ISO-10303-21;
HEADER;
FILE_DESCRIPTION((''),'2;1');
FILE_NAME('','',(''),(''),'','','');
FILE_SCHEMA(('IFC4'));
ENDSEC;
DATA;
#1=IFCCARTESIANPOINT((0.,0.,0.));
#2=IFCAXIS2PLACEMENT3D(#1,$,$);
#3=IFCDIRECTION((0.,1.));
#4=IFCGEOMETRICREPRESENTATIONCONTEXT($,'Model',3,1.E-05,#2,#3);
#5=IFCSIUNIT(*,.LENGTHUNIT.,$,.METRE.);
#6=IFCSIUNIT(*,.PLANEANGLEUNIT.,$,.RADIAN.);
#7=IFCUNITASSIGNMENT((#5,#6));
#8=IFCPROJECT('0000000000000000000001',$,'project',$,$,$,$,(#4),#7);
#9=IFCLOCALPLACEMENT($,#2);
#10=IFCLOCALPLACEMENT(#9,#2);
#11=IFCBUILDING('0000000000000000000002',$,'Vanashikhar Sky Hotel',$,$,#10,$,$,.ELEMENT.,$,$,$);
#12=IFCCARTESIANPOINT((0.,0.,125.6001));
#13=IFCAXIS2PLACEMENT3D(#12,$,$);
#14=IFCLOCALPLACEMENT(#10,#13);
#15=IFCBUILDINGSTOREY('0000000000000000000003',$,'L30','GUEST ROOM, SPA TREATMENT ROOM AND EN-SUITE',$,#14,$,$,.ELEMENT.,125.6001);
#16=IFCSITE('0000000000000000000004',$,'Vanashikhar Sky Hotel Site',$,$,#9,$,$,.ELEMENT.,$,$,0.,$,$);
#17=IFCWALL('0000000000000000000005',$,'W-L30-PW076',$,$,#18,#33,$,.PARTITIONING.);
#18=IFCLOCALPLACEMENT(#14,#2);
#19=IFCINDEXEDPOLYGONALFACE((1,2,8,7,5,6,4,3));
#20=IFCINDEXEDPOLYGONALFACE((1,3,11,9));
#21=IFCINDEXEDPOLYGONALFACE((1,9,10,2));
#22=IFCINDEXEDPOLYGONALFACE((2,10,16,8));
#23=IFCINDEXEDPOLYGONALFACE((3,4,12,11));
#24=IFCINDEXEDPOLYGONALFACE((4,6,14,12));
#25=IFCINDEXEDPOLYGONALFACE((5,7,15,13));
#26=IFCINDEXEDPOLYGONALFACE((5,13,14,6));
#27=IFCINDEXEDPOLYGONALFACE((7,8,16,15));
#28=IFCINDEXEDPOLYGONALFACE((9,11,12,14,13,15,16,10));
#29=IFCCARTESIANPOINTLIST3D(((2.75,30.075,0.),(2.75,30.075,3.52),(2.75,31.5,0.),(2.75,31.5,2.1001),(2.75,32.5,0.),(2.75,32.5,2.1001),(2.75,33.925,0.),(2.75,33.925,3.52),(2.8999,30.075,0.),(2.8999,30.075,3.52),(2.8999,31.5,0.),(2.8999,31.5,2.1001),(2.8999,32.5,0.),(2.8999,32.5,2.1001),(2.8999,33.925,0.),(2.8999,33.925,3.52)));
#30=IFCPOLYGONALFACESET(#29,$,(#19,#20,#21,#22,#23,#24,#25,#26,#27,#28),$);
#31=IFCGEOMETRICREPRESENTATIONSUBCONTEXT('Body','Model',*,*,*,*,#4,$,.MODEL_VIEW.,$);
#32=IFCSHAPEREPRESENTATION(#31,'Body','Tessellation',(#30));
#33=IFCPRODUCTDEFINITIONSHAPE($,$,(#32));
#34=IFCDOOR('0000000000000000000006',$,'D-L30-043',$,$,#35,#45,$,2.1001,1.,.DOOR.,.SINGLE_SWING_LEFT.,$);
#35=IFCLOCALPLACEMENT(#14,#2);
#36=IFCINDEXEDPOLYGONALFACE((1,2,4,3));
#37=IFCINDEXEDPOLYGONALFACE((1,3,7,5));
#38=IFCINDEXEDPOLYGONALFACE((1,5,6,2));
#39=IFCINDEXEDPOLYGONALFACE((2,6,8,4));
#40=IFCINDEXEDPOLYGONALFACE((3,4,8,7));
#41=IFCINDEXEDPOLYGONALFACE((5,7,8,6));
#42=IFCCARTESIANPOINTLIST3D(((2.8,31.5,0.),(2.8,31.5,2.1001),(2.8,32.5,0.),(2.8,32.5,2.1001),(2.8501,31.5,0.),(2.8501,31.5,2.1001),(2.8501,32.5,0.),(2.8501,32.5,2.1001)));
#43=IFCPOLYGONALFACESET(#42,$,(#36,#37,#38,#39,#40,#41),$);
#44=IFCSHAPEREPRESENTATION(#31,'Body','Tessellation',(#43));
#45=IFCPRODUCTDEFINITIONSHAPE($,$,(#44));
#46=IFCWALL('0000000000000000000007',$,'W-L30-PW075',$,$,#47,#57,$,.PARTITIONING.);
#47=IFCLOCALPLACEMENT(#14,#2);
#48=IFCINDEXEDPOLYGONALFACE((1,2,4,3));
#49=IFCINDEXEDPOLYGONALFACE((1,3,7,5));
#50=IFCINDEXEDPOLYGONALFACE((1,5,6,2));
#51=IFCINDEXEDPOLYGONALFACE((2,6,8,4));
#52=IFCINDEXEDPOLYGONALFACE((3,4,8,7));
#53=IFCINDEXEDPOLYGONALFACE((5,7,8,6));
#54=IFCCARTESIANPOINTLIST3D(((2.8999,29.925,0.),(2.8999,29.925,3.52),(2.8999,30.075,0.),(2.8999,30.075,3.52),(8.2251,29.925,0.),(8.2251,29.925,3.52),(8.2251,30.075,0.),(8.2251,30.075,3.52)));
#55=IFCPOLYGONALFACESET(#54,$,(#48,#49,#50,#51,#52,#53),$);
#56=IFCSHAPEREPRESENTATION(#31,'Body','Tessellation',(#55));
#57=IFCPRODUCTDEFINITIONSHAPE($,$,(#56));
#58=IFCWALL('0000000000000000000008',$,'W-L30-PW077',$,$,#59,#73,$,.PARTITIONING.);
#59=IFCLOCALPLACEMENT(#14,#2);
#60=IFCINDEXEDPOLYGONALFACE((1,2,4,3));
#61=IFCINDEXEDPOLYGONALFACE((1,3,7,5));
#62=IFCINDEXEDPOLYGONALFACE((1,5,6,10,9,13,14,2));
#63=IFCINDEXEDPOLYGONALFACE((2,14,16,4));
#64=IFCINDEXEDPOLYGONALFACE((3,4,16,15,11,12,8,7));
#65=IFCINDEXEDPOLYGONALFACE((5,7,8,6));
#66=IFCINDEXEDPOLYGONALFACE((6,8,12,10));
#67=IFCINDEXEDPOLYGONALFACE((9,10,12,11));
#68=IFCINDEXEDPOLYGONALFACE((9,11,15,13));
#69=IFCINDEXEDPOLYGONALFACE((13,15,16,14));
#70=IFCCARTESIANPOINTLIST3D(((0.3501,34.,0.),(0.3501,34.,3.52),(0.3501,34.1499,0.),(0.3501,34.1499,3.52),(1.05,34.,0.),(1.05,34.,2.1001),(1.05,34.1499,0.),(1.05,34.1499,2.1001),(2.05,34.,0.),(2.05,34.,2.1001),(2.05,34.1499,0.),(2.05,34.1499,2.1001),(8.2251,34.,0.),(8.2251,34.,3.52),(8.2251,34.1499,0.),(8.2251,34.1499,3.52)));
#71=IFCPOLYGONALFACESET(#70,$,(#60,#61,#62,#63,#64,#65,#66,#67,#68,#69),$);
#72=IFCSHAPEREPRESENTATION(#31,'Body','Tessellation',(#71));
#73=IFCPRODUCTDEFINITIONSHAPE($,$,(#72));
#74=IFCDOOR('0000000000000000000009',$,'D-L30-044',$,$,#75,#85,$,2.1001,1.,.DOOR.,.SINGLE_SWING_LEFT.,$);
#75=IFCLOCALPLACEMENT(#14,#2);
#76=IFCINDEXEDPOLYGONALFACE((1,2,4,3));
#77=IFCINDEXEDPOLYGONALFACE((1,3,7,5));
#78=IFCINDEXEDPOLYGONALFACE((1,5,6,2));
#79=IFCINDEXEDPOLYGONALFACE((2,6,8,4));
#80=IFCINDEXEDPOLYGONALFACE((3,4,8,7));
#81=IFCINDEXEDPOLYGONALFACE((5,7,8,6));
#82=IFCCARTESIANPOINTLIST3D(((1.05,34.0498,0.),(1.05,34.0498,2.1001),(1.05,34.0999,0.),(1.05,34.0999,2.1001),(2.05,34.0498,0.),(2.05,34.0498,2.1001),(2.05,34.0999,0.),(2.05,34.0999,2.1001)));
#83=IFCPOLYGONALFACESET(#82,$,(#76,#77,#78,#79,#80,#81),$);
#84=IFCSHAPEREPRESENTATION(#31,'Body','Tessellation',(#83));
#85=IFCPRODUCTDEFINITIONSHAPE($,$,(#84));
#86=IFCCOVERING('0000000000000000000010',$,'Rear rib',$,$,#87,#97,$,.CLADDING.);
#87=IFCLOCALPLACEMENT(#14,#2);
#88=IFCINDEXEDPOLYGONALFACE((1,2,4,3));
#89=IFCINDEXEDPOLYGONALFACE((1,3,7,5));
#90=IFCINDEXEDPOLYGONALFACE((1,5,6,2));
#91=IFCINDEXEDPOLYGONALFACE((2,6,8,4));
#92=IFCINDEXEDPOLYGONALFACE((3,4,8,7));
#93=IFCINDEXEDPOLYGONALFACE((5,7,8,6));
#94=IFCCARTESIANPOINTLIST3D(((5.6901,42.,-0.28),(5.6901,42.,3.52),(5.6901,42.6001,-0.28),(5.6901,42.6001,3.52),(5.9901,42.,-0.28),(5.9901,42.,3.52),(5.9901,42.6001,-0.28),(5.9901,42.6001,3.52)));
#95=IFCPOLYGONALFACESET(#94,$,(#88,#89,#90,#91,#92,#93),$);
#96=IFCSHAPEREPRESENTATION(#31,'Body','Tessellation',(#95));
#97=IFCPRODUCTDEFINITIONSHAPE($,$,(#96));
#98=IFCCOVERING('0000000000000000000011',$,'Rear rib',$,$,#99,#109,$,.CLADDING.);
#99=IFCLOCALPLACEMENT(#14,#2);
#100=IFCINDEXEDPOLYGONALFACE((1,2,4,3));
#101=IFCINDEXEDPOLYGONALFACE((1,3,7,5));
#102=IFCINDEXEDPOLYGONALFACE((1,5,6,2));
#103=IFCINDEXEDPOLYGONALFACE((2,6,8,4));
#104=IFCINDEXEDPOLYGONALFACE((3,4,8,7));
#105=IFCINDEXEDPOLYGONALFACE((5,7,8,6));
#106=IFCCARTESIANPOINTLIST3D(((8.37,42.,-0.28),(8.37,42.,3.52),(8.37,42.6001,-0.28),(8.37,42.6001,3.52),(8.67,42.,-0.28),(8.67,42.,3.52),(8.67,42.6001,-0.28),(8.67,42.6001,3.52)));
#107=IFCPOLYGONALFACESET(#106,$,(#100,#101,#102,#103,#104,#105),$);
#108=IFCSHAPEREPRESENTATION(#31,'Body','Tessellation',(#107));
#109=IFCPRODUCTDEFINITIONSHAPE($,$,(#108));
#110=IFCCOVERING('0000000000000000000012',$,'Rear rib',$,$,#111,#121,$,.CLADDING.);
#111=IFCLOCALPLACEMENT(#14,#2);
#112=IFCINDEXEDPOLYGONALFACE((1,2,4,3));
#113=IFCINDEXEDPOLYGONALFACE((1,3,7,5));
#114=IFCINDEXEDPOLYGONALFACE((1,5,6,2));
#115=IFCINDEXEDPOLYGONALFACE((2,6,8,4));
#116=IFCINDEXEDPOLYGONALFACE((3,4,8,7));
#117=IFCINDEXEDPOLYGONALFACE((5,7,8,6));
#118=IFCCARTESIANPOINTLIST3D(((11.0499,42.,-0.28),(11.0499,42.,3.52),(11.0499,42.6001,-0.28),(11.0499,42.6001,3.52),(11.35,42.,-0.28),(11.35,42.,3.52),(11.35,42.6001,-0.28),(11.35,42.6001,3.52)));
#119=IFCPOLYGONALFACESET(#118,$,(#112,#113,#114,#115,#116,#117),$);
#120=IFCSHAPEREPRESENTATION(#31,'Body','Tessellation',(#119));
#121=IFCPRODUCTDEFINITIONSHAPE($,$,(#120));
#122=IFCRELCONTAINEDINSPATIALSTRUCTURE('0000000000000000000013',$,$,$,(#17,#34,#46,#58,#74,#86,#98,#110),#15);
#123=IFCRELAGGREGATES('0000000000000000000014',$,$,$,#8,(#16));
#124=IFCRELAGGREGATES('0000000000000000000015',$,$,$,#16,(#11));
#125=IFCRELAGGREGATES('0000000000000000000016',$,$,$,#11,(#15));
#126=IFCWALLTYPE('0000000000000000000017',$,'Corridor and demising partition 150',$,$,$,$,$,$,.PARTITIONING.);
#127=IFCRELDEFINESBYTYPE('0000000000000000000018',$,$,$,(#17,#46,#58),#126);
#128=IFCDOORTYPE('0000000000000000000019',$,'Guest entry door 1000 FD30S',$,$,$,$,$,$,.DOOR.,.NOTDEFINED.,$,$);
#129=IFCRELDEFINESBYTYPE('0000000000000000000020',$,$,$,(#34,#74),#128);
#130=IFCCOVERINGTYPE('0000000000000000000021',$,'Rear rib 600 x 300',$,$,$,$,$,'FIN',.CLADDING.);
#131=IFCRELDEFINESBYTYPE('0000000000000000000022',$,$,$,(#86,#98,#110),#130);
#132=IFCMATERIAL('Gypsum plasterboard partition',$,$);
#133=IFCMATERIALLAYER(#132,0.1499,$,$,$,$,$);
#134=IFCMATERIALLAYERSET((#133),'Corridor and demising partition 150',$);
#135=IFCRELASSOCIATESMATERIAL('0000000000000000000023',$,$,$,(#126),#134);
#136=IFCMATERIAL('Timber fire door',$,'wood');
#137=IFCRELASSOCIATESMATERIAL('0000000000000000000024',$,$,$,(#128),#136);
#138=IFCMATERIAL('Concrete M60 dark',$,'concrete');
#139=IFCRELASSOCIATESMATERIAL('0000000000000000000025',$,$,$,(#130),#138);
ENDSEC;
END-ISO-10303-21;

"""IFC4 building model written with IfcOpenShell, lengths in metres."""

from ifc_helpers import new_model, si_unit, direction, frame, frame_2d, origin, origin_2d, place, context, subcontext, project, spatial, rectangle, extrude, source, transform, mapped, material, layer, layer_set, material_profile, profile_set, type_object, element, fill, save


model = new_model("IFC4")

# Units and contexts
model_context = context("Model", 3, precision=1e-05, world=origin(), true_north=direction((0.0, 1.0)))
body_context = subcontext(model_context, "Body", "Model", "MODEL_VIEW")
ifc_project = project(units=[si_unit("LENGTHUNIT", "METRE"), si_unit("PLANEANGLEUNIT", "RADIAN")], contexts=[model_context])

# Site, building, storey
site_placement = place(None, origin())
site = spatial("IfcSite", under=ifc_project, at=site_placement, Name="Vanashikhar Sky Hotel Site", CompositionType="ELEMENT", RefElevation=0.0)
building_placement = place(site_placement, origin())
building = spatial("IfcBuilding", under=site, at=building_placement, Name="Vanashikhar Sky Hotel", CompositionType="ELEMENT")
storey_placement = place(building_placement, frame((0.0, 0.0, 125.6001)))
storey = spatial("IfcBuildingStorey", under=building, at=storey_placement, Name="L30", Description="GUEST ROOM, SPA TREATMENT ROOM AND EN-SUITE", CompositionType="ELEMENT", Elevation=125.6001)

# Wall, opening, door
ifc_material_1 = material(Name="Gypsum plasterboard partition")
ifc_layer_1 = layer(ifc_material_1, 0.1499)
ifc_layer_set_1 = layer_set([ifc_layer_1], Name="Corridor and demising partition 150")
wall_type_1 = type_object("IfcWallType", Name="Corridor and demising partition 150", PredefinedType="PARTITIONING", material=ifc_layer_set_1)
shared_shape_1 = source(origin(), body_context, "Body", "SweptSolid", [
    extrude(rectangle(XDim=3.8501, YDim=0.1499, at=frame_2d((1.925, 0.0))), origin(), (0.0, 0.0, 1.0), 3.52),
])
wall_1_placement = place(storey_placement, frame((2.825, 30.075, 0.0), z_axis=(0.0, 0.0, 1.0), x_axis=(0.0, 1.0, 0.0)))
wall_1 = element("IfcWall", 1, at=wall_1_placement, inside=storey, type_object=wall_type_1, Name="W-L30-PW076", PredefinedType="PARTITIONING", context=body_context, shape_type="MappedRepresentation", body=[
    mapped(shared_shape_1, transform((0.0, 0.0, 0.0), scale=1.0)),
])
shared_shape_2 = source(origin(), body_context, "Body", "SweptSolid", [
    extrude(rectangle(XDim=1.0, YDim=2.1001, at=frame_2d((0.5, 1.05))), frame((0.0, 0.085, 0.0), z_axis=(0.0, -1.0, 0.0), x_axis=(1.0, 0.0, 0.0)), (0.0, 0.0, 1.0), 0.1699),
])
opening_1_placement = place(wall_1_placement, frame((1.425, 0.0, 0.0)))
opening_1 = element("IfcOpeningElement", 2, at=opening_1_placement, cuts=wall_1, PredefinedType="OPENING", context=body_context, shape_type="MappedRepresentation", body=[
    mapped(shared_shape_2, transform((0.0, 0.0, 0.0), scale=1.0)),
])
ifc_material_2 = material(Name="Timber fire door", Category="wood")
door_type = type_object("IfcDoorType", Name="Guest entry door 1000 FD30S", OperationType="NOTDEFINED", PredefinedType="DOOR", material=ifc_material_2)
shared_shape_3 = source(origin(), body_context, "Body", "SweptSolid", [
    extrude(rectangle(XDim=1.0, YDim=2.1001, at=frame_2d((0.5, 1.05))), frame((0.0, 0.0249, 0.0), z_axis=(0.0, -1.0, 0.0), x_axis=(1.0, 0.0, 0.0)), (0.0, 0.0, 1.0), 0.05),
])
door_1_placement = place(opening_1_placement, origin())
door_1 = element("IfcDoor", 3, at=door_1_placement, inside=storey, type_object=door_type, Name="D-L30-043", OperationType="SINGLE_SWING_LEFT", OverallHeight=2.1001, OverallWidth=1.0, PredefinedType="DOOR", context=body_context, shape_type="MappedRepresentation", body=[
    mapped(shared_shape_3, transform((0.0, 0.0, 0.0), scale=1.0)),
])
fill(opening_1, door_1)

# Wall
shared_shape_4 = source(origin(), body_context, "Body", "SweptSolid", [
    extrude(rectangle(XDim=5.3252, YDim=0.1499, at=frame_2d((2.6626, 0.0))), origin(), (0.0, 0.0, 1.0), 3.52),
])
wall_2_placement = place(storey_placement, frame((2.8999, 30.0, 0.0), z_axis=(0.0, 0.0, 1.0), x_axis=(1.0, 0.0, 0.0)))
element("IfcWall", 4, at=wall_2_placement, inside=storey, type_object=wall_type_1, Name="W-L30-PW075", PredefinedType="PARTITIONING", context=body_context, shape_type="MappedRepresentation", body=[
    mapped(shared_shape_4, transform((0.0, 0.0, 0.0), scale=1.0)),
])

# Wall, opening, door
shared_shape_5 = source(origin(), body_context, "Body", "SweptSolid", [
    extrude(rectangle(XDim=7.875, YDim=0.1499, at=frame_2d((3.9375, 0.0))), origin(), (0.0, 0.0, 1.0), 3.52),
])
wall_3_placement = place(storey_placement, frame((0.3501, 34.075, 0.0), z_axis=(0.0, 0.0, 1.0), x_axis=(1.0, 0.0, 0.0)))
wall_3 = element("IfcWall", 5, at=wall_3_placement, inside=storey, type_object=wall_type_1, Name="W-L30-PW077", PredefinedType="PARTITIONING", context=body_context, shape_type="MappedRepresentation", body=[
    mapped(shared_shape_5, transform((0.0, 0.0, 0.0), scale=1.0)),
])
opening_2_placement = place(wall_3_placement, frame((0.7, 0.0, 0.0)))
opening_2 = element("IfcOpeningElement", 6, at=opening_2_placement, cuts=wall_3, PredefinedType="OPENING", context=body_context, shape_type="MappedRepresentation", body=[
    mapped(shared_shape_2, transform((0.0, 0.0, 0.0), scale=1.0)),
])
door_2_placement = place(opening_2_placement, origin())
door_2 = element("IfcDoor", 7, at=door_2_placement, inside=storey, type_object=door_type, Name="D-L30-044", OperationType="SINGLE_SWING_LEFT", OverallHeight=2.1001, OverallWidth=1.0, PredefinedType="DOOR", context=body_context, shape_type="MappedRepresentation", body=[
    mapped(shared_shape_3, transform((0.0, 0.0, 0.0), scale=1.0)),
])
fill(opening_2, door_2)

# Coverings
ifc_material_3 = material(Name="Concrete M60 dark", Category="concrete")
ifc_material_profile_1 = material_profile(ifc_material_3, rectangle(XDim=0.6001, YDim=0.3, at=origin_2d()))
ifc_profile_set_1 = profile_set([ifc_material_profile_1], Name="Rear rib 600 x 300")
covering_type = type_object("IfcCoveringType", Name="Rear rib 600 x 300", ElementType="FIN", PredefinedType="CLADDING", material=ifc_profile_set_1)
shared_shape_6 = source(origin(), body_context, "Body", "SweptSolid", [
    extrude(rectangle(XDim=0.6001, YDim=0.3, at=origin_2d()), origin(), (0.0, 0.0, 1.0), 3.8),
])
for number, where, z_axis, x_axis, name in (
    (8, (5.8401, 42.3, -0.28), (0.0, 0.0, 1.0), (0.0, 1.0, 0.0), "Rear rib"),
    (9, (8.52, 42.3, -0.28), (0.0, 0.0, 1.0), (0.0, 1.0, 0.0), "Rear rib"),
    (10, (11.2, 42.3, -0.28), (0.0, 0.0, 1.0), (0.0, 1.0, 0.0), "Rear rib"),
):
    element("IfcCovering", number, at=place(storey_placement, frame(where, z_axis=z_axis, x_axis=x_axis)), inside=storey, type_object=covering_type, Name=name, PredefinedType="CLADDING", context=body_context, shape_type="MappedRepresentation", body=[
        mapped(shared_shape_6, transform((0.0, 0.0, 0.0), scale=1.0)),
    ])

save(model, "model.ifc")
